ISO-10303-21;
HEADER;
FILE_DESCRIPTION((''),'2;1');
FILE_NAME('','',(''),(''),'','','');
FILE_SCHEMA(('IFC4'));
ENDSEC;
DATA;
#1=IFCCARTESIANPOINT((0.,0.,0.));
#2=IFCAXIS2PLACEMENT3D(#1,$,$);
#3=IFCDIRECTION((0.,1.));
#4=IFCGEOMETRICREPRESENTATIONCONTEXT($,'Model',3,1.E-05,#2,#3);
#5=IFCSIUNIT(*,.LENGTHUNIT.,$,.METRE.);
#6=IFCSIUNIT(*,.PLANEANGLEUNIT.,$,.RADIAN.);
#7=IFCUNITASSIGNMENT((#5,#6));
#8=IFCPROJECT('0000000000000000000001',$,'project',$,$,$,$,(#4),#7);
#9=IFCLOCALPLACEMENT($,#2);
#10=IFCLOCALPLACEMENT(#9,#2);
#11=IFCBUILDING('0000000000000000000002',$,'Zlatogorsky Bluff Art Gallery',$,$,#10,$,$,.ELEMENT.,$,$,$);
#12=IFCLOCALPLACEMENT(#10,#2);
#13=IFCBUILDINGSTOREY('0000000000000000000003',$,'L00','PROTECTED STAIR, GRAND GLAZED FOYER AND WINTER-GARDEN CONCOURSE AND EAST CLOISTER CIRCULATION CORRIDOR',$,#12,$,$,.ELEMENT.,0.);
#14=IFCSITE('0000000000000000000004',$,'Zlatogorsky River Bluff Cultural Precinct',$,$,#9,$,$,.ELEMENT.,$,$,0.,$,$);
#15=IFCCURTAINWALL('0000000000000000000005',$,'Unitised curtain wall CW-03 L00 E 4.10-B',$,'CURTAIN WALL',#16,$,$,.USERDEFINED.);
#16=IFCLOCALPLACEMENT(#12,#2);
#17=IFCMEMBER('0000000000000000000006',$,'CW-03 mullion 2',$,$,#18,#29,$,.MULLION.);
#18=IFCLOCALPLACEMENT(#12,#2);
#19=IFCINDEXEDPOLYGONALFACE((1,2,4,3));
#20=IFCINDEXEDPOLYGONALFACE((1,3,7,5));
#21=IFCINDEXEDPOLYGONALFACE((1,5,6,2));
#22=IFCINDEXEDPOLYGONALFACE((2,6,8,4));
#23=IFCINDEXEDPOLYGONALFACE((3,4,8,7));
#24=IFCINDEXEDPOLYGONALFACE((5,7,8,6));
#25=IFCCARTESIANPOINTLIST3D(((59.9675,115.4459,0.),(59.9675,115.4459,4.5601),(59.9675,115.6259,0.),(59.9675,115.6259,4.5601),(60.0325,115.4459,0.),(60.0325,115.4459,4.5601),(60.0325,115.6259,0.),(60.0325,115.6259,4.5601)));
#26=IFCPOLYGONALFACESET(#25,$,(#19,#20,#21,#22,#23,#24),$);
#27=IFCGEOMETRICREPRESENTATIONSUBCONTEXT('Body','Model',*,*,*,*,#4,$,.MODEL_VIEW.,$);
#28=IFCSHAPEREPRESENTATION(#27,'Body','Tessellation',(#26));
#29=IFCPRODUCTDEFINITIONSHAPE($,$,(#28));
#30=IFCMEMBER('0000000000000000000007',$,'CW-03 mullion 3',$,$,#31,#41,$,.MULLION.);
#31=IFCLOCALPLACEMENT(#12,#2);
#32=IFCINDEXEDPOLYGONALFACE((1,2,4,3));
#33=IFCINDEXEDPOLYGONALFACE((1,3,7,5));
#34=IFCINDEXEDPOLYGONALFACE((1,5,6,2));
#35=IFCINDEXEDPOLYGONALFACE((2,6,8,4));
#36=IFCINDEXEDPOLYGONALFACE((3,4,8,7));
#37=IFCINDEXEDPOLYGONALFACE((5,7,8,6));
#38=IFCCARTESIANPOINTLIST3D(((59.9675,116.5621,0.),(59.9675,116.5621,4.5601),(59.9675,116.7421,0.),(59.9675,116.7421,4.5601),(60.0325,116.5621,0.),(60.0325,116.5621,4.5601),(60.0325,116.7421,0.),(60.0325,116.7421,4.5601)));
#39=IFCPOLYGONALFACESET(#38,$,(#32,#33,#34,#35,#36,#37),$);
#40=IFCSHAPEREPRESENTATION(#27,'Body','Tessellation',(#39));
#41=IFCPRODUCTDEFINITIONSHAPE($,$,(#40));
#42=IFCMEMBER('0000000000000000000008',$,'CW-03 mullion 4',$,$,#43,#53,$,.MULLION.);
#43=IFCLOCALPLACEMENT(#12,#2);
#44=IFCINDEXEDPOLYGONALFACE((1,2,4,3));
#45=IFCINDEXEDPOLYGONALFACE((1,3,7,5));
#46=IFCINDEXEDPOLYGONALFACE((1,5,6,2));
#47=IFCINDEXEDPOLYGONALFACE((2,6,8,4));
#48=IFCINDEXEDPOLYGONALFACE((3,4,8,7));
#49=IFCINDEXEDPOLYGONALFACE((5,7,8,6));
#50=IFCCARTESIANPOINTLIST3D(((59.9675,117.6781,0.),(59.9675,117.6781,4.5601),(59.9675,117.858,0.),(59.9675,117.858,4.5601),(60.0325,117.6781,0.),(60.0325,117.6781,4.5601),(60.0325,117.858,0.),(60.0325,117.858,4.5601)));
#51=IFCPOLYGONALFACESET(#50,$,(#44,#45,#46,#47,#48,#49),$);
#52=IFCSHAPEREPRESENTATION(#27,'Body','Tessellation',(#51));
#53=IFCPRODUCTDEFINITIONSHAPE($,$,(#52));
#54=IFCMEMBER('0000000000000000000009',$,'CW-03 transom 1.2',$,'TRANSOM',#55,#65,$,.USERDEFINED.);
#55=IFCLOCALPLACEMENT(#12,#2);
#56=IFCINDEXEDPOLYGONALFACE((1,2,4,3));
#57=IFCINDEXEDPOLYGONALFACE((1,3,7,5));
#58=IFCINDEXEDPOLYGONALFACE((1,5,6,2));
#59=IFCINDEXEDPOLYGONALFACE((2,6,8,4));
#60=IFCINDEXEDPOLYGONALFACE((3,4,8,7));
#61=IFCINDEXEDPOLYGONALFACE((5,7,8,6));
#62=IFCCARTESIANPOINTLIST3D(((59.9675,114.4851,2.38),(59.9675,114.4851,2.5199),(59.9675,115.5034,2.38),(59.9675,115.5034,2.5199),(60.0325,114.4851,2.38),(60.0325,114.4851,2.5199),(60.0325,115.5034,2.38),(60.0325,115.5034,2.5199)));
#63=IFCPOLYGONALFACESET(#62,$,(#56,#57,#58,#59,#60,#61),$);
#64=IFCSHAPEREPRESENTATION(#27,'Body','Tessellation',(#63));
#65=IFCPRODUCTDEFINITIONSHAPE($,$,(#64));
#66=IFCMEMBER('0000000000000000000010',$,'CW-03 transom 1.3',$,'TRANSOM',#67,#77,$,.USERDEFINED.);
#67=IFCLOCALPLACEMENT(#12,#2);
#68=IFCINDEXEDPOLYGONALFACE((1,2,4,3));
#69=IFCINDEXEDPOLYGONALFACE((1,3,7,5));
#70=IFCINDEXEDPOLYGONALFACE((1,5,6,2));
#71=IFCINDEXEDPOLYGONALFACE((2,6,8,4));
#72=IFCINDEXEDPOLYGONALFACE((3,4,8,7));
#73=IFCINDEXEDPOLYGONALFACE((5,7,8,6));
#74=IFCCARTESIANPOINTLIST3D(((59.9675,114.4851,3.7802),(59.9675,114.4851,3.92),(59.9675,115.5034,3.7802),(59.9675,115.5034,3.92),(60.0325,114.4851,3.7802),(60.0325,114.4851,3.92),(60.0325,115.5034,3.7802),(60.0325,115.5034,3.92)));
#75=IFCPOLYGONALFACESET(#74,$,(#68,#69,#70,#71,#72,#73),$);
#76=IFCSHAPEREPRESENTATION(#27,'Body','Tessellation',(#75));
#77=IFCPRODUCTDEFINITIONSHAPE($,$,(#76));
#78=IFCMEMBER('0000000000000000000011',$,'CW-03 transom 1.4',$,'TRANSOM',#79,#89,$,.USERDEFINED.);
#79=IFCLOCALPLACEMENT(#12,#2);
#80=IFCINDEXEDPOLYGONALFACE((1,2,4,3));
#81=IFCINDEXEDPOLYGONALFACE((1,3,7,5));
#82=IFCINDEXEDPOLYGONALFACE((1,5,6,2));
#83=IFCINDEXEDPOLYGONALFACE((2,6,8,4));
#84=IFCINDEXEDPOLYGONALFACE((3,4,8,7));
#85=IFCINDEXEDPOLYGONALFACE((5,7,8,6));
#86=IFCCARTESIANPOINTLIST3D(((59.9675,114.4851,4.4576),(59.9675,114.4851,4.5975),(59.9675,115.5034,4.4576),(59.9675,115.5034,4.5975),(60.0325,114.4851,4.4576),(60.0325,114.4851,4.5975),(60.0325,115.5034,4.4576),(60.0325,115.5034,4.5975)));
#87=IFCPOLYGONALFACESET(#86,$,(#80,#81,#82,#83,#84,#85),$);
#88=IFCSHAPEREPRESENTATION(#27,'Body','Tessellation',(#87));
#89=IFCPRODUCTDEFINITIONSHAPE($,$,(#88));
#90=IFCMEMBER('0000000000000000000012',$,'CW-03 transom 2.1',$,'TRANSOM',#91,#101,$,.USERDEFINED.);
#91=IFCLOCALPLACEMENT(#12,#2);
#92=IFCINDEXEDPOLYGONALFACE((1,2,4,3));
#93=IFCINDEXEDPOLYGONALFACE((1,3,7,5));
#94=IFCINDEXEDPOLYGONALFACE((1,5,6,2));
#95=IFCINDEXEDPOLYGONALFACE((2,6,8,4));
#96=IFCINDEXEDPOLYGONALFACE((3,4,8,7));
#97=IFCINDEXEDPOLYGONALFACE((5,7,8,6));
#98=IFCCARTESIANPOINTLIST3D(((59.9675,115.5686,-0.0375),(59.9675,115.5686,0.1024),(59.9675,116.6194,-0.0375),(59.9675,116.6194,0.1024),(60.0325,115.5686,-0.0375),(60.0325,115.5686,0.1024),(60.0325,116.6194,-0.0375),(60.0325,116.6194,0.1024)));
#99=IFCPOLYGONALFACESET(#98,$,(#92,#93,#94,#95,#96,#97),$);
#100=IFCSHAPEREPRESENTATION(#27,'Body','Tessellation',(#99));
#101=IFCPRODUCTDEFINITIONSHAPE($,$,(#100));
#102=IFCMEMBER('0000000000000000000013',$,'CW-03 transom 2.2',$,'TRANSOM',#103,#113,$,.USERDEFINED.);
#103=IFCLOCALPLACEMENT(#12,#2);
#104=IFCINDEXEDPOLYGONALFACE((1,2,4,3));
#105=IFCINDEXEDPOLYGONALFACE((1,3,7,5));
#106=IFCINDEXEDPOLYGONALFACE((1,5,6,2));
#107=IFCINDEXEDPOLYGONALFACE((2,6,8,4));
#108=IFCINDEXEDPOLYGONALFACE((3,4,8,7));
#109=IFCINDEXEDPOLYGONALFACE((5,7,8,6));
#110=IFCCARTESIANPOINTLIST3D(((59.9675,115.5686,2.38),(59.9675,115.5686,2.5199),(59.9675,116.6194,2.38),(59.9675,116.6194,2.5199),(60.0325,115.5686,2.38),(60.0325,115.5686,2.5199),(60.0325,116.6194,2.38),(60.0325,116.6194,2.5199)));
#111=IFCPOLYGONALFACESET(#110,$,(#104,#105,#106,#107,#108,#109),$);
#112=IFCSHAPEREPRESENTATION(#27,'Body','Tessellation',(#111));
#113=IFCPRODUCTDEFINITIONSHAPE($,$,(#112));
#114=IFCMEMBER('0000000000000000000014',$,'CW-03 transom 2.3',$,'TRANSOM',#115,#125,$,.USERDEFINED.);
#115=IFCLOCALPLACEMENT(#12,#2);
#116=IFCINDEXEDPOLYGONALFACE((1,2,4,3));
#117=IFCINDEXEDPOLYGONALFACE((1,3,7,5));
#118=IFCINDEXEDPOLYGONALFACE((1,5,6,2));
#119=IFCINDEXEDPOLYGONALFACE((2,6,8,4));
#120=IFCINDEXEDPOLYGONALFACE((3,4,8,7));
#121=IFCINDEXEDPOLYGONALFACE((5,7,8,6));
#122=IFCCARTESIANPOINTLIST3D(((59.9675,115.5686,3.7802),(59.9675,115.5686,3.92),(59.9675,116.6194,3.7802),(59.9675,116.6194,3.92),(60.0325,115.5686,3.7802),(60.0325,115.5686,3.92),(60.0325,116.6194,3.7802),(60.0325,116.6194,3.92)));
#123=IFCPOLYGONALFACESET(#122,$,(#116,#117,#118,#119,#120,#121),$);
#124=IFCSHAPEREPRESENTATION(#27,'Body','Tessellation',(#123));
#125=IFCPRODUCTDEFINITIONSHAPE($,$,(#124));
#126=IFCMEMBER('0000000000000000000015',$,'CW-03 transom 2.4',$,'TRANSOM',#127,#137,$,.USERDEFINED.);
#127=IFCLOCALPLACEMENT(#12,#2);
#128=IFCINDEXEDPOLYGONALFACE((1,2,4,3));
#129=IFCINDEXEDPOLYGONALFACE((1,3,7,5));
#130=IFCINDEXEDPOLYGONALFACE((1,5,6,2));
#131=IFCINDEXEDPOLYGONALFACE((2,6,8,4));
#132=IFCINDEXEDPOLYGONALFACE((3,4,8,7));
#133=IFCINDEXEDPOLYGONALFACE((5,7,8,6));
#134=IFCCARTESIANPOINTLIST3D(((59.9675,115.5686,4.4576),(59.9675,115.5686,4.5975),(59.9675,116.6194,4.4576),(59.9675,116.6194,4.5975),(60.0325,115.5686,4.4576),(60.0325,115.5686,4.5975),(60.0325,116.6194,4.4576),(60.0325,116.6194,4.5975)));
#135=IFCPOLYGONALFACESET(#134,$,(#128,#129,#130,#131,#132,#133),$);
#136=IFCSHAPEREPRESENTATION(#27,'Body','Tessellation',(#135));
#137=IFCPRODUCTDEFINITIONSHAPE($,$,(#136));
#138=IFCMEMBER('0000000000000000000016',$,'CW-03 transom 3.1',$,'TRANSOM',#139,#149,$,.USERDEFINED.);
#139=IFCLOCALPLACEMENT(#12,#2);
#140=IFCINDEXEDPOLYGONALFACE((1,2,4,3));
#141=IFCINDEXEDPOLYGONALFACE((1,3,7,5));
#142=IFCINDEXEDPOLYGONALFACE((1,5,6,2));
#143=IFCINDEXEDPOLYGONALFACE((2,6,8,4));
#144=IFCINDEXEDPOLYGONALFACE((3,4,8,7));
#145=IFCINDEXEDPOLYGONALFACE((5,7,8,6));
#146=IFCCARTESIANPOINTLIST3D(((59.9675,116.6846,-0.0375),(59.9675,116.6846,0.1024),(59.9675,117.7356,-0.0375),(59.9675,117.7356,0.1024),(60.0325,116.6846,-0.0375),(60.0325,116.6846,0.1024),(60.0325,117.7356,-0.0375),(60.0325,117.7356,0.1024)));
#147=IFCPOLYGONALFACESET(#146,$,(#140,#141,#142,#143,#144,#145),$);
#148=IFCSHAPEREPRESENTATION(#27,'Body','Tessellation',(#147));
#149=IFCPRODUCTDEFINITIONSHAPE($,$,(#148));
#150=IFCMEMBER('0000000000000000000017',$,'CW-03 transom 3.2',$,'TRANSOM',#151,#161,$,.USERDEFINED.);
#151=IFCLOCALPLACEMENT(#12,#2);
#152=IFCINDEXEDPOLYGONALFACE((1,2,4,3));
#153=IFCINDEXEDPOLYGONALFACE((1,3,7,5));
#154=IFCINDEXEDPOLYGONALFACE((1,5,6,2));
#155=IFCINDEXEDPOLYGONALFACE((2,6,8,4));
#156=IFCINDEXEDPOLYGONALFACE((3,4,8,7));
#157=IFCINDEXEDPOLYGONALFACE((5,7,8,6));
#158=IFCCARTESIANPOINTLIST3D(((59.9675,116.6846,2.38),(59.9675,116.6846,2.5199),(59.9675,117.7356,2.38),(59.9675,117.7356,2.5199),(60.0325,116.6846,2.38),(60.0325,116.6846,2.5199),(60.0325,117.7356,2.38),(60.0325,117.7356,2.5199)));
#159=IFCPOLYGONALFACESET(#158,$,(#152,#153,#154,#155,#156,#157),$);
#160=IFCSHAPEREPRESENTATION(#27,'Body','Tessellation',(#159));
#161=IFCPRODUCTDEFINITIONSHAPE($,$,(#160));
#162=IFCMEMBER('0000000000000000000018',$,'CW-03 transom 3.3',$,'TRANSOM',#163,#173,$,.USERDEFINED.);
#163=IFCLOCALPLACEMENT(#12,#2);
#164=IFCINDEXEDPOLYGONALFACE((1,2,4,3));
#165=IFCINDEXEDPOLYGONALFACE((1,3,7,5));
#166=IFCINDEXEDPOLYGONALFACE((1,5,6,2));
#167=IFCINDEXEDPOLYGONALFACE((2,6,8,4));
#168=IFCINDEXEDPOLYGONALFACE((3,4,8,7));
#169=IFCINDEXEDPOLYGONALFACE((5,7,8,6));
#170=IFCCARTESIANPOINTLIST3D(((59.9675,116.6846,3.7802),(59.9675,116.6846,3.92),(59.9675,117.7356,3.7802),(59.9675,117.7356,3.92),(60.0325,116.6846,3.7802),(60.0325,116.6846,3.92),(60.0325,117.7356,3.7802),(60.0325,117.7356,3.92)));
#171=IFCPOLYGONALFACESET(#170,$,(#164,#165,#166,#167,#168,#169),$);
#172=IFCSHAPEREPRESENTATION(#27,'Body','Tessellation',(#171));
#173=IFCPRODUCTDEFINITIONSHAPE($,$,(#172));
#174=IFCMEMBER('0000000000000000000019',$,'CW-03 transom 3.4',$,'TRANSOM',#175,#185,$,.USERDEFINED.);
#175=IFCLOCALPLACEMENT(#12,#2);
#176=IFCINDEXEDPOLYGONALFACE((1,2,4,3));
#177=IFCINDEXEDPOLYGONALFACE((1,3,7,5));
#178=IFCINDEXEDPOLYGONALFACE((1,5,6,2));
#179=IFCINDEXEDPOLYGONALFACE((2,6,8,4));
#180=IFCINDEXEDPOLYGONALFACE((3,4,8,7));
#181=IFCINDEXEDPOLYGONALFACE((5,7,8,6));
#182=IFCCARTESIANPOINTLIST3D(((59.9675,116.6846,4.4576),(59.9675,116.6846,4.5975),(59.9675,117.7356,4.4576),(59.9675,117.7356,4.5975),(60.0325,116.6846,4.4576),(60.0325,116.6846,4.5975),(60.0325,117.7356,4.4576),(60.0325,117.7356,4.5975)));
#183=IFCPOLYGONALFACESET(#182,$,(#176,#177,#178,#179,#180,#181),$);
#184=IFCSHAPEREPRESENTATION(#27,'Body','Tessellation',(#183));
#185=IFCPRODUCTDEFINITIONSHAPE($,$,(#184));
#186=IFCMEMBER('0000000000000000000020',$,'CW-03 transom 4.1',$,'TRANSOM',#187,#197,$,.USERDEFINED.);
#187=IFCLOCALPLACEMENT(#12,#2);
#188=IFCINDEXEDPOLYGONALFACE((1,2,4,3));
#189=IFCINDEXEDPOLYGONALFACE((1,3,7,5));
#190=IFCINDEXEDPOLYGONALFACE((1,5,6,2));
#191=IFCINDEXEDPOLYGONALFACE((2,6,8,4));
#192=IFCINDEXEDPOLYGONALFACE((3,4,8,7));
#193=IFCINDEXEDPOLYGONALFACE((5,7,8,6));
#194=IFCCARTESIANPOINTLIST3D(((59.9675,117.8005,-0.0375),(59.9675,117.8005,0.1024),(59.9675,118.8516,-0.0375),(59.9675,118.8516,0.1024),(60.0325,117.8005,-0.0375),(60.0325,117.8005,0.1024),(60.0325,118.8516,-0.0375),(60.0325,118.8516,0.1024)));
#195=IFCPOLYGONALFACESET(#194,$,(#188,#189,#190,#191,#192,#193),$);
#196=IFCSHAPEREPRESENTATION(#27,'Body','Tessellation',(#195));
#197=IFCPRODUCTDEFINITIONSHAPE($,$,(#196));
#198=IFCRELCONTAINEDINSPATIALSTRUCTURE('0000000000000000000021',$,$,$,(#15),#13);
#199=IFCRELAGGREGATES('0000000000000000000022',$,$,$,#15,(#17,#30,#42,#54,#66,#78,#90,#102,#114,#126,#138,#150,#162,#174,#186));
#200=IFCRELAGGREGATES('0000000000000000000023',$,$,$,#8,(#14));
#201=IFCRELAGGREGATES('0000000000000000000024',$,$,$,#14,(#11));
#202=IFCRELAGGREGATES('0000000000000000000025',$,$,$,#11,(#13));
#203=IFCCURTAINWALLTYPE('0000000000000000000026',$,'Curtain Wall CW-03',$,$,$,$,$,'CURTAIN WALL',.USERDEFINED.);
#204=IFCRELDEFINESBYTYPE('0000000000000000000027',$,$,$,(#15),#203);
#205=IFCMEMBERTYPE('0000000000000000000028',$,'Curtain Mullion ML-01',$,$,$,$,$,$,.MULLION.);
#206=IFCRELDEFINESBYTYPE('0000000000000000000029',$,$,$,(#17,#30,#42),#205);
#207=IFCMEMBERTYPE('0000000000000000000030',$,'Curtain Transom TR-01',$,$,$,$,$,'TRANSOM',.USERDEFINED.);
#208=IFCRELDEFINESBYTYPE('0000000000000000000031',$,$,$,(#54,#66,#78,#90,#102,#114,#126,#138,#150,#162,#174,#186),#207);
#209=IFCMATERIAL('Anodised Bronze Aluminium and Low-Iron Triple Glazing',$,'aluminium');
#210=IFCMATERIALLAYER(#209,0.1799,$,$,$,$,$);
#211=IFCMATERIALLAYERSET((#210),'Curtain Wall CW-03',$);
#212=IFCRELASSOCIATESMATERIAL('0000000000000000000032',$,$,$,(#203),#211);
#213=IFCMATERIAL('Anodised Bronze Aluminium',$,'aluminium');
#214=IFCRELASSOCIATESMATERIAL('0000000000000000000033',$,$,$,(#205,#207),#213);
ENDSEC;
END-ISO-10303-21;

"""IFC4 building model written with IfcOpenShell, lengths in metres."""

from ifc_helpers import new_model, si_unit, direction, frame, origin, origin_2d, place, context, subcontext, project, spatial, rectangle, extrude, material, layer, layer_set, material_profile, profile_set, type_object, element, aggregate, save


model = new_model("IFC4")

# Units and contexts
model_context = context("Model", 3, precision=1e-05, world=origin(), true_north=direction((0.0, 1.0)))
body_context = subcontext(model_context, "Body", "Model", "MODEL_VIEW")
ifc_project = project(units=[si_unit("LENGTHUNIT", "METRE"), si_unit("PLANEANGLEUNIT", "RADIAN")], contexts=[model_context])

# Site, building, storey
site_placement = place(None, origin())
site = spatial("IfcSite", under=ifc_project, at=site_placement, Name="Zlatogorsky River Bluff Cultural Precinct", CompositionType="ELEMENT", RefElevation=0.0)
building_placement = place(site_placement, origin())
building = spatial("IfcBuilding", under=site, at=building_placement, Name="Zlatogorsky Bluff Art Gallery", CompositionType="ELEMENT")
storey_placement = place(building_placement, origin())
storey = spatial("IfcBuildingStorey", under=building, at=storey_placement, Name="L00", Description="PROTECTED STAIR, GRAND GLAZED FOYER AND WINTER-GARDEN CONCOURSE AND EAST CLOISTER CIRCULATION CORRIDOR", CompositionType="ELEMENT", Elevation=0.0)

# Curtain wall, members
ifc_material_1 = material(Name="Anodised Bronze Aluminium and Low-Iron Triple Glazing", Category="aluminium")
ifc_layer_1 = layer(ifc_material_1, 0.1799)
ifc_layer_set_1 = layer_set([ifc_layer_1], Name="Curtain Wall CW-03")
curtain_wall_type = type_object("IfcCurtainWallType", Name="Curtain Wall CW-03", ElementType="CURTAIN WALL", PredefinedType="USERDEFINED", material=ifc_layer_set_1)
curtain_wall_placement = place(storey_placement, origin())
curtain_wall = element("IfcCurtainWall", 1, at=curtain_wall_placement, inside=storey, type_object=curtain_wall_type, Name="Unitised curtain wall CW-03 L00 E 4.10-B", ObjectType="CURTAIN WALL", PredefinedType="USERDEFINED")
ifc_material_2 = material(Name="Anodised Bronze Aluminium", Category="aluminium")
ifc_material_profile_1 = material_profile(ifc_material_2, rectangle(XDim=0.0649, YDim=0.1799, at=origin_2d()), Name="ALU MULLION 65x180")
ifc_profile_set_1 = profile_set([ifc_material_profile_1], Name="Anodised Bronze Aluminium")
member_type_1 = type_object("IfcMemberType", Name="Curtain Mullion ML-01", PredefinedType="MULLION", material=ifc_profile_set_1)
member_1_placement = place(storey_placement, frame((60.0, 115.5359, 0.0), z_axis=(0.0, 0.0, 1.0), x_axis=(-1.0, 0.0, 0.0)))
member_1 = element("IfcMember", 2, at=member_1_placement, type_object=member_type_1, Name="CW-03 mullion 2", PredefinedType="MULLION", context=body_context, shape_type="SweptSolid", body=[
    extrude(rectangle(XDim=0.0649, YDim=0.1799, at=origin_2d()), origin(), (0.0, 0.0, 1.0), 4.5601),
])
member_2_placement = place(storey_placement, frame((60.0, 116.6521, 0.0), z_axis=(0.0, 0.0, 1.0), x_axis=(-1.0, 0.0, 0.0)))
member_2 = element("IfcMember", 3, at=member_2_placement, type_object=member_type_1, Name="CW-03 mullion 3", PredefinedType="MULLION", context=body_context, shape_type="SweptSolid", body=[
    extrude(rectangle(XDim=0.0649, YDim=0.1799, at=origin_2d()), origin(), (0.0, 0.0, 1.0), 4.5601),
])
member_3_placement = place(storey_placement, frame((60.0, 117.7681, 0.0), z_axis=(0.0, 0.0, 1.0), x_axis=(-1.0, 0.0, 0.0)))
member_3 = element("IfcMember", 4, at=member_3_placement, type_object=member_type_1, Name="CW-03 mullion 4", PredefinedType="MULLION", context=body_context, shape_type="SweptSolid", body=[
    extrude(rectangle(XDim=0.0649, YDim=0.1799, at=origin_2d()), origin(), (0.0, 0.0, 1.0), 4.5601),
])
ifc_material_profile_2 = material_profile(ifc_material_2, rectangle(XDim=0.0649, YDim=0.1399, at=origin_2d()), Name="ALU TRANSOM 65x140")
ifc_profile_set_2 = profile_set([ifc_material_profile_2], Name="Anodised Bronze Aluminium")
member_type_2 = type_object("IfcMemberType", Name="Curtain Transom TR-01", ElementType="TRANSOM", PredefinedType="USERDEFINED", material=ifc_profile_set_2)
member_4_placement = place(storey_placement, frame((60.0, 114.4851, 2.45), z_axis=(0.0, 1.0, 0.0), x_axis=(-1.0, 0.0, 0.0)))
member_4 = element("IfcMember", 5, at=member_4_placement, type_object=member_type_2, Name="CW-03 transom 1.2", ObjectType="TRANSOM", PredefinedType="USERDEFINED", context=body_context, shape_type="SweptSolid", body=[
    extrude(rectangle(XDim=0.0649, YDim=0.1399, at=origin_2d()), origin(), (0.0, 0.0, 1.0), 1.0183),
])
member_5_placement = place(storey_placement, frame((60.0, 114.4851, 3.8501), z_axis=(0.0, 1.0, 0.0), x_axis=(-1.0, 0.0, 0.0)))
member_5 = element("IfcMember", 6, at=member_5_placement, type_object=member_type_2, Name="CW-03 transom 1.3", ObjectType="TRANSOM", PredefinedType="USERDEFINED", context=body_context, shape_type="SweptSolid", body=[
    extrude(rectangle(XDim=0.0649, YDim=0.1399, at=origin_2d()), origin(), (0.0, 0.0, 1.0), 1.0183),
])
member_6_placement = place(storey_placement, frame((60.0, 114.4851, 4.5276), z_axis=(0.0, 1.0, 0.0), x_axis=(-1.0, 0.0, 0.0)))
member_6 = element("IfcMember", 7, at=member_6_placement, type_object=member_type_2, Name="CW-03 transom 1.4", ObjectType="TRANSOM", PredefinedType="USERDEFINED", context=body_context, shape_type="SweptSolid", body=[
    extrude(rectangle(XDim=0.0649, YDim=0.1399, at=origin_2d()), origin(), (0.0, 0.0, 1.0), 1.0183),
])
member_7_placement = place(storey_placement, frame((60.0, 115.5686, 0.0325), z_axis=(0.0, 1.0, 0.0), x_axis=(-1.0, 0.0, 0.0)))
member_7 = element("IfcMember", 8, at=member_7_placement, type_object=member_type_2, Name="CW-03 transom 2.1", ObjectType="TRANSOM", PredefinedType="USERDEFINED", context=body_context, shape_type="SweptSolid", body=[
    extrude(rectangle(XDim=0.0649, YDim=0.1399, at=origin_2d()), origin(), (0.0, 0.0, 1.0), 1.0508),
])
member_8_placement = place(storey_placement, frame((60.0, 115.5686, 2.45), z_axis=(0.0, 1.0, 0.0), x_axis=(-1.0, 0.0, 0.0)))
member_8 = element("IfcMember", 9, at=member_8_placement, type_object=member_type_2, Name="CW-03 transom 2.2", ObjectType="TRANSOM", PredefinedType="USERDEFINED", context=body_context, shape_type="SweptSolid", body=[
    extrude(rectangle(XDim=0.0649, YDim=0.1399, at=origin_2d()), origin(), (0.0, 0.0, 1.0), 1.0508),
])
member_9_placement = place(storey_placement, frame((60.0, 115.5686, 3.8501), z_axis=(0.0, 1.0, 0.0), x_axis=(-1.0, 0.0, 0.0)))
member_9 = element("IfcMember", 10, at=member_9_placement, type_object=member_type_2, Name="CW-03 transom 2.3", ObjectType="TRANSOM", PredefinedType="USERDEFINED", context=body_context, shape_type="SweptSolid", body=[
    extrude(rectangle(XDim=0.0649, YDim=0.1399, at=origin_2d()), origin(), (0.0, 0.0, 1.0), 1.0508),
])
member_10_placement = place(storey_placement, frame((60.0, 115.5686, 4.5276), z_axis=(0.0, 1.0, 0.0), x_axis=(-1.0, 0.0, 0.0)))
member_10 = element("IfcMember", 11, at=member_10_placement, type_object=member_type_2, Name="CW-03 transom 2.4", ObjectType="TRANSOM", PredefinedType="USERDEFINED", context=body_context, shape_type="SweptSolid", body=[
    extrude(rectangle(XDim=0.0649, YDim=0.1399, at=origin_2d()), origin(), (0.0, 0.0, 1.0), 1.0508),
])
member_11_placement = place(storey_placement, frame((60.0, 116.6846, 0.0325), z_axis=(0.0, 1.0, 0.0), x_axis=(-1.0, 0.0, 0.0)))
member_11 = element("IfcMember", 12, at=member_11_placement, type_object=member_type_2, Name="CW-03 transom 3.1", ObjectType="TRANSOM", PredefinedType="USERDEFINED", context=body_context, shape_type="SweptSolid", body=[
    extrude(rectangle(XDim=0.0649, YDim=0.1399, at=origin_2d()), origin(), (0.0, 0.0, 1.0), 1.051),
])
member_12_placement = place(storey_placement, frame((60.0, 116.6846, 2.45), z_axis=(0.0, 1.0, 0.0), x_axis=(-1.0, 0.0, 0.0)))
member_12 = element("IfcMember", 13, at=member_12_placement, type_object=member_type_2, Name="CW-03 transom 3.2", ObjectType="TRANSOM", PredefinedType="USERDEFINED", context=body_context, shape_type="SweptSolid", body=[
    extrude(rectangle(XDim=0.0649, YDim=0.1399, at=origin_2d()), origin(), (0.0, 0.0, 1.0), 1.051),
])
member_13_placement = place(storey_placement, frame((60.0, 116.6846, 3.8501), z_axis=(0.0, 1.0, 0.0), x_axis=(-1.0, 0.0, 0.0)))
member_13 = element("IfcMember", 14, at=member_13_placement, type_object=member_type_2, Name="CW-03 transom 3.3", ObjectType="TRANSOM", PredefinedType="USERDEFINED", context=body_context, shape_type="SweptSolid", body=[
    extrude(rectangle(XDim=0.0649, YDim=0.1399, at=origin_2d()), origin(), (0.0, 0.0, 1.0), 1.051),
])
member_14_placement = place(storey_placement, frame((60.0, 116.6846, 4.5276), z_axis=(0.0, 1.0, 0.0), x_axis=(-1.0, 0.0, 0.0)))
member_14 = element("IfcMember", 15, at=member_14_placement, type_object=member_type_2, Name="CW-03 transom 3.4", ObjectType="TRANSOM", PredefinedType="USERDEFINED", context=body_context, shape_type="SweptSolid", body=[
    extrude(rectangle(XDim=0.0649, YDim=0.1399, at=origin_2d()), origin(), (0.0, 0.0, 1.0), 1.051),
])
member_15_placement = place(storey_placement, frame((60.0, 117.8005, 0.0325), z_axis=(0.0, 1.0, 0.0), x_axis=(-1.0, 0.0, 0.0)))
member_15 = element("IfcMember", 16, at=member_15_placement, type_object=member_type_2, Name="CW-03 transom 4.1", ObjectType="TRANSOM", PredefinedType="USERDEFINED", context=body_context, shape_type="SweptSolid", body=[
    extrude(rectangle(XDim=0.0649, YDim=0.1399, at=origin_2d()), origin(), (0.0, 0.0, 1.0), 1.051),
])
aggregate(curtain_wall, [member_1, member_2, member_3, member_4, member_5, member_6, member_7, member_8, member_9, member_10, member_11, member_12, member_13, member_14, member_15])

save(model, "model.ifc")
